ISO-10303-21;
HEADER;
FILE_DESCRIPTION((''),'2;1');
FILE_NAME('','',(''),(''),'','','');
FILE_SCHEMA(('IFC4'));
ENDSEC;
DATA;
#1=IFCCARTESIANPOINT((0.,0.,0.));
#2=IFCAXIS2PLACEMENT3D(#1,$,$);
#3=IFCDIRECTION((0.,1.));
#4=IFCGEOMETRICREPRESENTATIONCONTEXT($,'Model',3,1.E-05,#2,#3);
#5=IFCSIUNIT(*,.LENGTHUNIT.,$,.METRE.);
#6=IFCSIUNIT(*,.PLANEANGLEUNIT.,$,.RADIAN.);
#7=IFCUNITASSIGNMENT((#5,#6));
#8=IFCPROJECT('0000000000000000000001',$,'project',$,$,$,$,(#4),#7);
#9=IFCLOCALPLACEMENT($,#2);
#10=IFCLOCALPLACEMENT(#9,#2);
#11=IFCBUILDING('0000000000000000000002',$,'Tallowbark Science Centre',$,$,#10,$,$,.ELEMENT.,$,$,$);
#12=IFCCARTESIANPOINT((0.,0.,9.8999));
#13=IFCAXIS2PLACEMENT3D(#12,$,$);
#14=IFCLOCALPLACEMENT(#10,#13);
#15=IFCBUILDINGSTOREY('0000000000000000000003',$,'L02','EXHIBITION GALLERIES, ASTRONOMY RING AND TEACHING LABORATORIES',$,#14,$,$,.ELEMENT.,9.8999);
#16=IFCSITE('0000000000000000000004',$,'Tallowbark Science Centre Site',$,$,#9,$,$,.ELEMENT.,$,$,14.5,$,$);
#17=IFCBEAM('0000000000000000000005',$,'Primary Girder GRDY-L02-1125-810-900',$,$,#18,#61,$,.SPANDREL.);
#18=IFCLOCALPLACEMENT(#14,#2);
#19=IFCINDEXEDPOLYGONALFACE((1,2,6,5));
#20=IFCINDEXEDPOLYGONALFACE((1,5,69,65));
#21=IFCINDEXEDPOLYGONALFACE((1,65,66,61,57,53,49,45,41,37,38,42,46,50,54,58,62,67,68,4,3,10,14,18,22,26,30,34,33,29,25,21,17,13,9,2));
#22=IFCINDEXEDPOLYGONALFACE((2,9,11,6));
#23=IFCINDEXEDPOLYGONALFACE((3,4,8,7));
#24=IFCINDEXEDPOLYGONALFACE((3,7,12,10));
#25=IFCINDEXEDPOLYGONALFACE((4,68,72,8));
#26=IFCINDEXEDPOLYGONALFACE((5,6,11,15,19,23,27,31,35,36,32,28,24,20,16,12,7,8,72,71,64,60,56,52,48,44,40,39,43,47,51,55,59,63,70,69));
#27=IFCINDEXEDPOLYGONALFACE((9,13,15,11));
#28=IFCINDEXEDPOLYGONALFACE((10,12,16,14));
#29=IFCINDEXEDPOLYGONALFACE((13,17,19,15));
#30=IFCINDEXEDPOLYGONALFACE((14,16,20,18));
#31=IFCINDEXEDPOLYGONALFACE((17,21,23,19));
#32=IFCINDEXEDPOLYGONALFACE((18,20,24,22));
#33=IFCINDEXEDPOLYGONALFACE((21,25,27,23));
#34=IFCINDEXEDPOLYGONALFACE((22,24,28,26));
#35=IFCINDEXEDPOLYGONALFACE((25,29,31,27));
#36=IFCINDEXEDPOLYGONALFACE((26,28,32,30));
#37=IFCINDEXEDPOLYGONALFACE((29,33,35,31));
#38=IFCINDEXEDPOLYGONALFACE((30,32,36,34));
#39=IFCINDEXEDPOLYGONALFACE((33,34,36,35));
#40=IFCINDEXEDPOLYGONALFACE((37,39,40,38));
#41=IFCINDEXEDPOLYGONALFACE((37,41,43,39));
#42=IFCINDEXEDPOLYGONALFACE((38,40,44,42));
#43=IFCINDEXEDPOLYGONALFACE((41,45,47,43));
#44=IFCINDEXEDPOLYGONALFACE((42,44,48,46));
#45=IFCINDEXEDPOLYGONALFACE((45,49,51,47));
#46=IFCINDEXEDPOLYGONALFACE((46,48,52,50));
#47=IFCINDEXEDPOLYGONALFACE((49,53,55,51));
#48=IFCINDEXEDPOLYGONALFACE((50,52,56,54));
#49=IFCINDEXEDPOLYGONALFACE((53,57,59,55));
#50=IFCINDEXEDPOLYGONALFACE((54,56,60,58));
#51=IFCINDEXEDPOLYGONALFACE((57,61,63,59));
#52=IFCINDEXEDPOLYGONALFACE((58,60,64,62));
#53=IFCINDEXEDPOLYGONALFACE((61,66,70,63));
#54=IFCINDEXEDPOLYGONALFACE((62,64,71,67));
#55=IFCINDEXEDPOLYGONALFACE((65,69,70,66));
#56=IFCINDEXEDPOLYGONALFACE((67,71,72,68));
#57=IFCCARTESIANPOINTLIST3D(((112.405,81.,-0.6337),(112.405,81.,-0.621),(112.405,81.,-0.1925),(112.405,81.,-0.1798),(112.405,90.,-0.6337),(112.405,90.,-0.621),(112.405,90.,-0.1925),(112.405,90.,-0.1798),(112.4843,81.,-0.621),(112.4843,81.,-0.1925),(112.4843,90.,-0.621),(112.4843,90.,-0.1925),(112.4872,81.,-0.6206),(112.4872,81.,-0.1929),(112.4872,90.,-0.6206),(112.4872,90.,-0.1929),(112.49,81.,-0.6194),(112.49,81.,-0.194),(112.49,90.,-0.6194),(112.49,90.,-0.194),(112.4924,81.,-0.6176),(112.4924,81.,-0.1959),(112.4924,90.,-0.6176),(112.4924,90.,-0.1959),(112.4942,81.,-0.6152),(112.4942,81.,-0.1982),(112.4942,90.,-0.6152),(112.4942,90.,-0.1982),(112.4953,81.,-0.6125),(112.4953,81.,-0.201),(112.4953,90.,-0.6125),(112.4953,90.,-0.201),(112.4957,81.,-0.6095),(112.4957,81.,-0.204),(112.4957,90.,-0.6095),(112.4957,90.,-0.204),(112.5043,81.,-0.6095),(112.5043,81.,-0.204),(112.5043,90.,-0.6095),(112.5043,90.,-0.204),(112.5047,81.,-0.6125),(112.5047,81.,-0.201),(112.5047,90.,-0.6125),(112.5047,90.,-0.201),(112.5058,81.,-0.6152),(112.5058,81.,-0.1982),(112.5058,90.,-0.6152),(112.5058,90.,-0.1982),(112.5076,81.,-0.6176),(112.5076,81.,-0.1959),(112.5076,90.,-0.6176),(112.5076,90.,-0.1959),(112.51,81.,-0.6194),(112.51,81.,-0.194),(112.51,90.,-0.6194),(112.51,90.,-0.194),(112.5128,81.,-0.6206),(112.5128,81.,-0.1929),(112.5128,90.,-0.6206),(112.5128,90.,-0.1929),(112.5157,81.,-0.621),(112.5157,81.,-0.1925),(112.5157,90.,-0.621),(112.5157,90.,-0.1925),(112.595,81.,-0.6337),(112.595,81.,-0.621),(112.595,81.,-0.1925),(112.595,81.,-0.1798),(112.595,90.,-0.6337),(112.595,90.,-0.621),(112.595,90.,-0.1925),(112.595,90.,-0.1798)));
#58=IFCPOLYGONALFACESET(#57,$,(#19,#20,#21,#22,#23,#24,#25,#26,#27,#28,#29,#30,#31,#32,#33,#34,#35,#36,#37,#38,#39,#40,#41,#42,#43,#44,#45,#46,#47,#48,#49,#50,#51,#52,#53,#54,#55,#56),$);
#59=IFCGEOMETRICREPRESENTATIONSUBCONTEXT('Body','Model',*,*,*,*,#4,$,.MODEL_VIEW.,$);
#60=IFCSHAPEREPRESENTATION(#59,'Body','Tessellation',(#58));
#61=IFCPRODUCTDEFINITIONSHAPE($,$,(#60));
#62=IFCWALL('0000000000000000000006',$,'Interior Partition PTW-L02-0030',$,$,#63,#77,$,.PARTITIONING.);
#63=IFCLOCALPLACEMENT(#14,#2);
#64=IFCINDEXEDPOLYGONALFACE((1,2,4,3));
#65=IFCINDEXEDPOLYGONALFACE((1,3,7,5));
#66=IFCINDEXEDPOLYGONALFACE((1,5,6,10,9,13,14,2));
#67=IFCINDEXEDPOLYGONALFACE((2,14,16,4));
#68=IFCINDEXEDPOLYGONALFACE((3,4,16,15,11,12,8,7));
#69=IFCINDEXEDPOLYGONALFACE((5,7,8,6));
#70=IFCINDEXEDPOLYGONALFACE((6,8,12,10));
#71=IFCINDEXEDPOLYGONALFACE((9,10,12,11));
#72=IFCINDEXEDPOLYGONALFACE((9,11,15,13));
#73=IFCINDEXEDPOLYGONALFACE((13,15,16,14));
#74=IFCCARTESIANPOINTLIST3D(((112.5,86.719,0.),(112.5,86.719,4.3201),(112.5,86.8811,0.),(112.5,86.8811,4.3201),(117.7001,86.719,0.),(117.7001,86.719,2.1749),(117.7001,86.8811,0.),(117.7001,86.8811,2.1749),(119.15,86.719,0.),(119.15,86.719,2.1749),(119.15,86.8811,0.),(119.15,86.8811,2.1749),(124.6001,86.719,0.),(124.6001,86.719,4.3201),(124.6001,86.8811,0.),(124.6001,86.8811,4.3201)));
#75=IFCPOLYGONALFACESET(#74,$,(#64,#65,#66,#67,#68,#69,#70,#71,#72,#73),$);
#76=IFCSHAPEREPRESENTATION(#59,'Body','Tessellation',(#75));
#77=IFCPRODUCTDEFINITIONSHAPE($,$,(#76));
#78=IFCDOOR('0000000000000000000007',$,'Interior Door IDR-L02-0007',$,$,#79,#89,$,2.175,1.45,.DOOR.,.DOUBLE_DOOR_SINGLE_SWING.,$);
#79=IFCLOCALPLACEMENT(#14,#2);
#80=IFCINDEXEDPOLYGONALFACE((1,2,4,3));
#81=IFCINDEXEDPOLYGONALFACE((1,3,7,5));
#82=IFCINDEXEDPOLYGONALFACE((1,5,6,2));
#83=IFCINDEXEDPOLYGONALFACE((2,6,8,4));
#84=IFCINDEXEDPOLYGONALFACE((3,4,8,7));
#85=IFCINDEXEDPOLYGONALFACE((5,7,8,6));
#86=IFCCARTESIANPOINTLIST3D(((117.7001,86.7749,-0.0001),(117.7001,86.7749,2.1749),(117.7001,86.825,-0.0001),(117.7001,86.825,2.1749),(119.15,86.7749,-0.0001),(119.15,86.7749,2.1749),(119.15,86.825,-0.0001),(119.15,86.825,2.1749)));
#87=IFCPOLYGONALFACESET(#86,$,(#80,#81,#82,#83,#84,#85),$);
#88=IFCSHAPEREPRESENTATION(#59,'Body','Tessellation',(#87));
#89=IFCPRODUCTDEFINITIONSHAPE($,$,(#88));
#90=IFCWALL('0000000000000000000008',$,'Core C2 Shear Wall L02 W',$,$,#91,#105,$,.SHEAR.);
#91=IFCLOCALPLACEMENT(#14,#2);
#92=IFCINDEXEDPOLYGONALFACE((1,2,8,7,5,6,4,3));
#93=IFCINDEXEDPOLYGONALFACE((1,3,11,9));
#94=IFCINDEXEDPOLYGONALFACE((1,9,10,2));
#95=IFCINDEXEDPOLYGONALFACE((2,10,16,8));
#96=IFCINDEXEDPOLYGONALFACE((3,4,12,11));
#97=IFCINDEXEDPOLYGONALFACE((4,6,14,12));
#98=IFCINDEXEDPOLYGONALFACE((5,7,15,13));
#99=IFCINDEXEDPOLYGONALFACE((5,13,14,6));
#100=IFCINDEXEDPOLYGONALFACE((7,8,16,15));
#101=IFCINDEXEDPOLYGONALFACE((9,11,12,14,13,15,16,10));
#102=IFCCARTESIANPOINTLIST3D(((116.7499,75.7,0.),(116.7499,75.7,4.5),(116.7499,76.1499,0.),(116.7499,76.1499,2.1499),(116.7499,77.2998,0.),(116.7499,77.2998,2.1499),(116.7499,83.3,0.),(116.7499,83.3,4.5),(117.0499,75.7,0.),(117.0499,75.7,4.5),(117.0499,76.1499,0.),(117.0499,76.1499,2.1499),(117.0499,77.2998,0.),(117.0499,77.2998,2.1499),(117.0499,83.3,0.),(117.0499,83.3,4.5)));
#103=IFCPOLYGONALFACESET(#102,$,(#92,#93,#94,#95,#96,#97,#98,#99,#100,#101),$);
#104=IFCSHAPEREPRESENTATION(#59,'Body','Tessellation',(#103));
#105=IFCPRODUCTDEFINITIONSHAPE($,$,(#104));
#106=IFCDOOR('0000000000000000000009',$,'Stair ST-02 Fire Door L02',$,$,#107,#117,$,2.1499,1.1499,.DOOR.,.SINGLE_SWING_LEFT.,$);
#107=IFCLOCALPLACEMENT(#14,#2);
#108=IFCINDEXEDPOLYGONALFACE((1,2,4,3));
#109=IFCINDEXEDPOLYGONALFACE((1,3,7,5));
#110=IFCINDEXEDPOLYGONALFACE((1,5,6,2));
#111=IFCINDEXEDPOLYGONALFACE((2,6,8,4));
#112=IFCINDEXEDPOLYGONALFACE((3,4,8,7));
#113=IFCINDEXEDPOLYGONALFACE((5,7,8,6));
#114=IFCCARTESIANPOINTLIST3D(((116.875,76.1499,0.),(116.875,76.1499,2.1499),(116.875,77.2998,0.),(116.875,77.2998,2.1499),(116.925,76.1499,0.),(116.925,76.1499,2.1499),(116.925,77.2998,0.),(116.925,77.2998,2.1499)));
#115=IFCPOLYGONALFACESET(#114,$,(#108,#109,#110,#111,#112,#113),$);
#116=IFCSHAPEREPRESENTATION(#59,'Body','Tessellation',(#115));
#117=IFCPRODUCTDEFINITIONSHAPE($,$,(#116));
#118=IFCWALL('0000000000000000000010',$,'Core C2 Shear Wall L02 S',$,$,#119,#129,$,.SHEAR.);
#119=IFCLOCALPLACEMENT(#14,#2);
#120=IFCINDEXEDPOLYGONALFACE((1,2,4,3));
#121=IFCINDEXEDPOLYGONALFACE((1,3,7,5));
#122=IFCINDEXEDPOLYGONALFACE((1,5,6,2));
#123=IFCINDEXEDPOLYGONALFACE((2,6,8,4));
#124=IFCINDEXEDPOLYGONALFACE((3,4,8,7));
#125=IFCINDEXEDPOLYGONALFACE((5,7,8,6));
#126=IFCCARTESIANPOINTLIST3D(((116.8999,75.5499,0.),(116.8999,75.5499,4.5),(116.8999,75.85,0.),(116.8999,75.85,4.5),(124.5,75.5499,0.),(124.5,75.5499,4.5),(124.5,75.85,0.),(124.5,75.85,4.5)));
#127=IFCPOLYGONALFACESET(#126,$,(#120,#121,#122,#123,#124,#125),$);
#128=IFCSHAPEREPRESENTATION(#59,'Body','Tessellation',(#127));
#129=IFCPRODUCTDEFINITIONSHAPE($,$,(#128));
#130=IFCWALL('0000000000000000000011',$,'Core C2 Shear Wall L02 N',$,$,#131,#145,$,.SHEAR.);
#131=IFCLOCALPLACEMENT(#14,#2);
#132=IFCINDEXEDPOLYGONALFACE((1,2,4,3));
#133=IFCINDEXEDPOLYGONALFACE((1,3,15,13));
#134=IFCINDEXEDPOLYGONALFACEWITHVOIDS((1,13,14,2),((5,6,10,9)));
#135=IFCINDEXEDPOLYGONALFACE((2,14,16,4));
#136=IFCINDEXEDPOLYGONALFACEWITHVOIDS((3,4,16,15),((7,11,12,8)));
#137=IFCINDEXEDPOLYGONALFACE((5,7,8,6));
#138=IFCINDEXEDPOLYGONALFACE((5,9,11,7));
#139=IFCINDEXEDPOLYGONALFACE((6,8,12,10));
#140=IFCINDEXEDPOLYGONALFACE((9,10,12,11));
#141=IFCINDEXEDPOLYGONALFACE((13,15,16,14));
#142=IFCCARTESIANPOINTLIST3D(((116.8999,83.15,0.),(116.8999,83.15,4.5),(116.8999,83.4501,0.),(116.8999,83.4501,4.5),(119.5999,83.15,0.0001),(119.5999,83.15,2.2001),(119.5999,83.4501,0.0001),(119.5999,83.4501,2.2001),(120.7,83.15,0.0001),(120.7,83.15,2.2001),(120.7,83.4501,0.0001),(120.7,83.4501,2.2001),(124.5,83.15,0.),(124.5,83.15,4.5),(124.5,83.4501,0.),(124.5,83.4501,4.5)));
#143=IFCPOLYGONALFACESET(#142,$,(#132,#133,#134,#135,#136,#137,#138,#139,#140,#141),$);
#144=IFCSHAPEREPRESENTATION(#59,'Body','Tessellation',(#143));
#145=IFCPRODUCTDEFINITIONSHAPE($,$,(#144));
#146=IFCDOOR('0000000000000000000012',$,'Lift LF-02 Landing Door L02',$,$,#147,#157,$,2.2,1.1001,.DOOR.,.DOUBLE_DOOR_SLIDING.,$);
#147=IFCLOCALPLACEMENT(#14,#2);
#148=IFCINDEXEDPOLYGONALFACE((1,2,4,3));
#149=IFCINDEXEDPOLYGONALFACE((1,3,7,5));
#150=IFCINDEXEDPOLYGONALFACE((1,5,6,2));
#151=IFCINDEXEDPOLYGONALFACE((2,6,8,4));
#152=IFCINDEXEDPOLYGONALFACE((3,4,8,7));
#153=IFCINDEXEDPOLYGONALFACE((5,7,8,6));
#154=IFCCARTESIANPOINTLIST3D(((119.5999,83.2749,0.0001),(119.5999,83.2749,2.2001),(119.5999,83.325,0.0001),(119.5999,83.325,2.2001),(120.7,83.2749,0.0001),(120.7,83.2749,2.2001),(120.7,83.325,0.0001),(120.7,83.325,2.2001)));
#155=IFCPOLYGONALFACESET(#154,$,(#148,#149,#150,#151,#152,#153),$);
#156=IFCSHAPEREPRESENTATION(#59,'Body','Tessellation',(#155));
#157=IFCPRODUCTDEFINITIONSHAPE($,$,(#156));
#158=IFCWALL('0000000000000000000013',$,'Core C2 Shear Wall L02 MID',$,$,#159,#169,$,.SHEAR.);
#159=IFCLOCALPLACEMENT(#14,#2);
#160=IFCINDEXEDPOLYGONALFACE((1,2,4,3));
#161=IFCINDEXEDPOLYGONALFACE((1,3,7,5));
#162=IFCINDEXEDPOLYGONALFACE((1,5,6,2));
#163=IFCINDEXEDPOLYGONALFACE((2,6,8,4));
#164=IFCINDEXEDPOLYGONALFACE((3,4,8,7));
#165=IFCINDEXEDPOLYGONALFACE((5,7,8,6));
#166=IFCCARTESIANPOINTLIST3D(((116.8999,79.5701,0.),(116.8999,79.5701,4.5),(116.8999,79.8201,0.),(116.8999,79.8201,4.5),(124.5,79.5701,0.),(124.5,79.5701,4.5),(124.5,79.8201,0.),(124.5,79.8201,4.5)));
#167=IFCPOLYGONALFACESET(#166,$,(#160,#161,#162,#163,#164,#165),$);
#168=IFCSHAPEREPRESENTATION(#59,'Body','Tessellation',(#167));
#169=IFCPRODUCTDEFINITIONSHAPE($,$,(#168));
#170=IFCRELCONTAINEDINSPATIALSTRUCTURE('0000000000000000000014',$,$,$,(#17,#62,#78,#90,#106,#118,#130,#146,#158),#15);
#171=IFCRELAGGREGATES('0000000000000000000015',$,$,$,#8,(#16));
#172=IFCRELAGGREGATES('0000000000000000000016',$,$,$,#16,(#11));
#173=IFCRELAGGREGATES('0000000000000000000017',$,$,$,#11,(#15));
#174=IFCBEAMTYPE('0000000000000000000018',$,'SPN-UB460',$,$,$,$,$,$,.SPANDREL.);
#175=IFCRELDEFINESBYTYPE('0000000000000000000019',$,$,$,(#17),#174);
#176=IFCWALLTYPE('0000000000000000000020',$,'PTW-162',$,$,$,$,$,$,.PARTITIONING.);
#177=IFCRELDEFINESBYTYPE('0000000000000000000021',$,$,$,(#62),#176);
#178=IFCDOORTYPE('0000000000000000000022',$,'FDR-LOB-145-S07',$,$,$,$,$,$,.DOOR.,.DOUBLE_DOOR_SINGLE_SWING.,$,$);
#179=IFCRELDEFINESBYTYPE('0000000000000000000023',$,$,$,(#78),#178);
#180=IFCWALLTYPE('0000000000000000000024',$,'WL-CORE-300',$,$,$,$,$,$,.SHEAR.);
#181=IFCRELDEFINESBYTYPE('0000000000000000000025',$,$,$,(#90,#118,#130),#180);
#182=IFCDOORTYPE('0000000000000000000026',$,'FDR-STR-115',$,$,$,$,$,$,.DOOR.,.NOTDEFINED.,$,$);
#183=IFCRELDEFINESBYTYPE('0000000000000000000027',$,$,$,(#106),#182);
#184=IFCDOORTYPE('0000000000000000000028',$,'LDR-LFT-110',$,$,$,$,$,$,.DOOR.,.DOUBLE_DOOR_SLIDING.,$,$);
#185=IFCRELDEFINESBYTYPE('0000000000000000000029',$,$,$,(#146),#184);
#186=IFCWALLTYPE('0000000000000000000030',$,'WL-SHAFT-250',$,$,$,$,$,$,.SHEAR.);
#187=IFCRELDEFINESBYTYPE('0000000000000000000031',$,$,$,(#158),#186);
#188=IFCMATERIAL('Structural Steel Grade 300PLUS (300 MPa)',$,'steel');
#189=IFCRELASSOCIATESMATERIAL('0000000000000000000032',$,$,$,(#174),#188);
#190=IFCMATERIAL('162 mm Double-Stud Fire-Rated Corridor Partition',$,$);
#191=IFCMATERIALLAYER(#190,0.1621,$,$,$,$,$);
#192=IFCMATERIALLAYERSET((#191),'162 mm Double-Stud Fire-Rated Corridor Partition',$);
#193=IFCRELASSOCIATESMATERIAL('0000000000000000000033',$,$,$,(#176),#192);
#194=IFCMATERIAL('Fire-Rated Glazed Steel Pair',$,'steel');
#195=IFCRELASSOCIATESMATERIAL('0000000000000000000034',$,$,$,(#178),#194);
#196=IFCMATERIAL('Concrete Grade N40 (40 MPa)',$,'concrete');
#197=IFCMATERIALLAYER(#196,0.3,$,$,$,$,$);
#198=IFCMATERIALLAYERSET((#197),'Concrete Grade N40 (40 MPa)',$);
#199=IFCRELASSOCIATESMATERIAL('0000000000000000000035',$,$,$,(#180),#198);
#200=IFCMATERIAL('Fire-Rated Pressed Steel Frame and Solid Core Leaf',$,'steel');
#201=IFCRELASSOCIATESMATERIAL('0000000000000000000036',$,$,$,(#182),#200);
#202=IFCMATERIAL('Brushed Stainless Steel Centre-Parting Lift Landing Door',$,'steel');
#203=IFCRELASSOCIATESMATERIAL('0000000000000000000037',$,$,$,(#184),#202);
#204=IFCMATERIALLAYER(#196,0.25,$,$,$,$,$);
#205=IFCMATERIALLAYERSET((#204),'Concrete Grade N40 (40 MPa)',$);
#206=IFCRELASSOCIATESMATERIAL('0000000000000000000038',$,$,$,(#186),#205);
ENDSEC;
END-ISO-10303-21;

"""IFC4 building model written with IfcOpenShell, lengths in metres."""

from ifc_helpers import new_model, si_unit, direction, frame, frame_2d, origin, origin_2d, place, context, subcontext, project, spatial, rectangle, i_section, extrude, material, layer, layer_set, material_profile, profile_set, type_object, element, fill, save


model = new_model("IFC4")

# Units and contexts
model_context = context("Model", 3, precision=1e-05, world=origin(), true_north=direction((0.0, 1.0)))
body_context = subcontext(model_context, "Body", "Model", "MODEL_VIEW")
ifc_project = project(units=[si_unit("LENGTHUNIT", "METRE"), si_unit("PLANEANGLEUNIT", "RADIAN")], contexts=[model_context])

# Site, building, storey
site_placement = place(None, origin())
site = spatial("IfcSite", under=ifc_project, at=site_placement, Name="Tallowbark Science Centre Site", CompositionType="ELEMENT", RefElevation=14.5)
building_placement = place(site_placement, origin())
building = spatial("IfcBuilding", under=site, at=building_placement, Name="Tallowbark Science Centre", CompositionType="ELEMENT")
storey_placement = place(building_placement, frame((0.0, 0.0, 9.8999)))
storey = spatial("IfcBuildingStorey", under=building, at=storey_placement, Name="L02", Description="EXHIBITION GALLERIES, ASTRONOMY RING AND TEACHING LABORATORIES", CompositionType="ELEMENT", Elevation=9.8999)

# Shared definitions
ifc_material_1 = material(Name="Structural Steel Grade 300PLUS (300 MPa)", Category="steel")

# Beam
ifc_material_2 = material(Name="Concrete Grade N40 (40 MPa)", Category="concrete")
ifc_material_profile_1 = material_profile(ifc_material_1, i_section(OverallWidth=0.1899, OverallDepth=0.4539, WebThickness=0.0085, FlangeThickness=0.0127, FilletRadius=0.0115, at=origin_2d()), Name="460UB67.1")
ifc_profile_set_1 = profile_set([ifc_material_profile_1], Name="Structural Steel Grade 300PLUS (300 MPa)")
beam_type_1 = type_object("IfcBeamType", Name="SPN-UB460", PredefinedType="SPANDREL", material=ifc_profile_set_1)
beam_1_placement = place(storey_placement, frame((112.5, 81.0, -0.4067), z_axis=(0.0, 1.0, 0.0), x_axis=(-1.0, 0.0, 0.0)))
element("IfcBeam", 1, at=beam_1_placement, inside=storey, type_object=beam_type_1, Name="Primary Girder GRDY-L02-1125-810-900", PredefinedType="SPANDREL", context=body_context, shape_type="SweptSolid", body=[
    extrude(i_section(OverallWidth=0.1899, OverallDepth=0.4539, WebThickness=0.0085, FlangeThickness=0.0127, FilletRadius=0.0115, at=origin_2d()), origin(), (0.0, 0.0, 1.0), 9.0),
])

# Walls, openings, doors
ifc_material_3 = material(Name="162 mm Double-Stud Fire-Rated Corridor Partition")
ifc_layer_1 = layer(ifc_material_3, 0.1621)
ifc_layer_set_1 = layer_set([ifc_layer_1], Name="162 mm Double-Stud Fire-Rated Corridor Partition")
wall_type_1 = type_object("IfcWallType", Name="PTW-162", PredefinedType="PARTITIONING", material=ifc_layer_set_1)
wall_1_placement = place(storey_placement, frame((112.5, 86.8, 0.0), z_axis=(0.0, 0.0, 1.0), x_axis=(1.0, 0.0, 0.0)))
wall_1 = element("IfcWall", 2, at=wall_1_placement, inside=storey, type_object=wall_type_1, Name="Interior Partition PTW-L02-0030", PredefinedType="PARTITIONING", context=body_context, shape_type="SweptSolid", body=[
    extrude(rectangle(XDim=12.1001, YDim=0.1621, at=frame_2d((6.05, 0.0))), origin(), (0.0, 0.0, 1.0), 4.3201),
])
opening_1_placement = place(wall_1_placement, frame((5.2, 0.0, 0.0)))
opening_1 = element("IfcOpeningElement", 3, at=opening_1_placement, cuts=wall_1, PredefinedType="OPENING", context=body_context, shape_type="SweptSolid", body=[
    extrude(rectangle(XDim=1.45, YDim=2.175, at=frame_2d((0.7251, 1.0874))), frame((0.0, 0.0911, 0.0), z_axis=(0.0, -1.0, 0.0), x_axis=(1.0, 0.0, 0.0)), (0.0, 0.0, 1.0), 0.1821),
])
ifc_material_4 = material(Name="Fire-Rated Glazed Steel Pair", Category="steel")
door_type_1 = type_object("IfcDoorType", Name="FDR-LOB-145-S07", OperationType="DOUBLE_DOOR_SINGLE_SWING", PredefinedType="DOOR", material=ifc_material_4)
door_1_placement = place(opening_1_placement, origin())
door_1 = element("IfcDoor", 4, at=door_1_placement, inside=storey, type_object=door_type_1, Name="Interior Door IDR-L02-0007", OperationType="DOUBLE_DOOR_SINGLE_SWING", OverallHeight=2.175, OverallWidth=1.45, PredefinedType="DOOR", context=body_context, shape_type="SweptSolid", body=[
    extrude(rectangle(XDim=1.45, YDim=2.175, at=frame_2d((0.7251, 1.0874))), frame((0.0, 0.0249, 0.0), z_axis=(0.0, -1.0, 0.0), x_axis=(1.0, 0.0, 0.0)), (0.0, 0.0, 1.0), 0.05),
])
fill(opening_1, door_1)
ifc_layer_2 = layer(ifc_material_2, 0.3)
ifc_layer_set_2 = layer_set([ifc_layer_2], Name="Concrete Grade N40 (40 MPa)")
wall_type_2 = type_object("IfcWallType", Name="WL-CORE-300", PredefinedType="SHEAR", material=ifc_layer_set_2)
wall_2_placement = place(storey_placement, frame((116.8999, 75.7, 0.0), z_axis=(0.0, 0.0, 1.0), x_axis=(0.0, 1.0, 0.0)))
wall_2 = element("IfcWall", 5, at=wall_2_placement, inside=storey, type_object=wall_type_2, Name="Core C2 Shear Wall L02 W", PredefinedType="SHEAR", context=body_context, shape_type="SweptSolid", body=[
    extrude(rectangle(XDim=7.6001, YDim=0.3, at=frame_2d((3.8, 0.0))), origin(), (0.0, 0.0, 1.0), 4.5),
])
opening_2_placement = place(wall_2_placement, frame((0.45, 0.0, 0.0)))
opening_2 = element("IfcOpeningElement", 6, at=opening_2_placement, cuts=wall_2, PredefinedType="OPENING", context=body_context, shape_type="SweptSolid", body=[
    extrude(rectangle(XDim=1.1499, YDim=2.1499, at=frame_2d((0.575, 1.075))), frame((0.0, 0.1602, 0.0), z_axis=(0.0, -1.0, 0.0), x_axis=(1.0, 0.0, 0.0)), (0.0, 0.0, 1.0), 0.3201),
])
ifc_material_5 = material(Name="Fire-Rated Pressed Steel Frame and Solid Core Leaf", Category="steel")
door_type_2 = type_object("IfcDoorType", Name="FDR-STR-115", OperationType="NOTDEFINED", PredefinedType="DOOR", material=ifc_material_5)
door_2_placement = place(opening_2_placement, origin())
door_2 = element("IfcDoor", 7, at=door_2_placement, inside=storey, type_object=door_type_2, Name="Stair ST-02 Fire Door L02", OperationType="SINGLE_SWING_LEFT", OverallHeight=2.1499, OverallWidth=1.1499, PredefinedType="DOOR", context=body_context, shape_type="SweptSolid", body=[
    extrude(rectangle(XDim=1.1499, YDim=2.1499, at=frame_2d((0.575, 1.075))), frame((0.0, 0.0249, 0.0), z_axis=(0.0, -1.0, 0.0), x_axis=(1.0, 0.0, 0.0)), (0.0, 0.0, 1.0), 0.05),
])
fill(opening_2, door_2)

# Wall
wall_3_placement = place(storey_placement, frame((116.8999, 75.7, 0.0), z_axis=(0.0, 0.0, 1.0), x_axis=(1.0, 0.0, 0.0)))
element("IfcWall", 8, at=wall_3_placement, inside=storey, type_object=wall_type_2, Name="Core C2 Shear Wall L02 S", PredefinedType="SHEAR", context=body_context, shape_type="SweptSolid", body=[
    extrude(rectangle(XDim=7.6001, YDim=0.3, at=frame_2d((3.8, 0.0))), origin(), (0.0, 0.0, 1.0), 4.5),
])

# Wall, opening, door
wall_4_placement = place(storey_placement, frame((116.8999, 83.3, 0.0), z_axis=(0.0, 0.0, 1.0), x_axis=(1.0, 0.0, 0.0)))
wall_4 = element("IfcWall", 9, at=wall_4_placement, inside=storey, type_object=wall_type_2, Name="Core C2 Shear Wall L02 N", PredefinedType="SHEAR", context=body_context, shape_type="SweptSolid", body=[
    extrude(rectangle(XDim=7.6001, YDim=0.3, at=frame_2d((3.8, 0.0))), origin(), (0.0, 0.0, 1.0), 4.5),
])
opening_3_placement = place(wall_4_placement, frame((2.7, 0.0, 0.0)))
opening_3 = element("IfcOpeningElement", 10, at=opening_3_placement, cuts=wall_4, PredefinedType="OPENING", context=body_context, shape_type="SweptSolid", body=[
    extrude(rectangle(XDim=1.1001, YDim=2.2, at=frame_2d((0.55, 1.1001))), frame((0.0, 0.1602, 0.0), z_axis=(0.0, -1.0, 0.0), x_axis=(1.0, 0.0, 0.0)), (0.0, 0.0, 1.0), 0.3201),
])
ifc_material_6 = material(Name="Brushed Stainless Steel Centre-Parting Lift Landing Door", Category="steel")
door_type_3 = type_object("IfcDoorType", Name="LDR-LFT-110", OperationType="DOUBLE_DOOR_SLIDING", PredefinedType="DOOR", material=ifc_material_6)
door_3_placement = place(opening_3_placement, origin())
door_3 = element("IfcDoor", 11, at=door_3_placement, inside=storey, type_object=door_type_3, Name="Lift LF-02 Landing Door L02", OperationType="DOUBLE_DOOR_SLIDING", OverallHeight=2.2, OverallWidth=1.1001, PredefinedType="DOOR", context=body_context, shape_type="SweptSolid", body=[
    extrude(rectangle(XDim=1.1001, YDim=2.2, at=frame_2d((0.55, 1.1001))), frame((0.0, 0.0249, 0.0), z_axis=(0.0, -1.0, 0.0), x_axis=(1.0, 0.0, 0.0)), (0.0, 0.0, 1.0), 0.05),
])
fill(opening_3, door_3)

# Wall
ifc_layer_3 = layer(ifc_material_2, 0.25)
ifc_layer_set_3 = layer_set([ifc_layer_3], Name="Concrete Grade N40 (40 MPa)")
wall_type_3 = type_object("IfcWallType", Name="WL-SHAFT-250", PredefinedType="SHEAR", material=ifc_layer_set_3)
wall_5_placement = place(storey_placement, frame((116.8999, 79.6951, 0.0), z_axis=(0.0, 0.0, 1.0), x_axis=(1.0, 0.0, 0.0)))
element("IfcWall", 12, at=wall_5_placement, inside=storey, type_object=wall_type_3, Name="Core C2 Shear Wall L02 MID", PredefinedType="SHEAR", context=body_context, shape_type="SweptSolid", body=[
    extrude(rectangle(XDim=7.6001, YDim=0.25, at=frame_2d((3.8, 0.0))), origin(), (0.0, 0.0, 1.0), 4.5),
])

save(model, "model.ifc")
